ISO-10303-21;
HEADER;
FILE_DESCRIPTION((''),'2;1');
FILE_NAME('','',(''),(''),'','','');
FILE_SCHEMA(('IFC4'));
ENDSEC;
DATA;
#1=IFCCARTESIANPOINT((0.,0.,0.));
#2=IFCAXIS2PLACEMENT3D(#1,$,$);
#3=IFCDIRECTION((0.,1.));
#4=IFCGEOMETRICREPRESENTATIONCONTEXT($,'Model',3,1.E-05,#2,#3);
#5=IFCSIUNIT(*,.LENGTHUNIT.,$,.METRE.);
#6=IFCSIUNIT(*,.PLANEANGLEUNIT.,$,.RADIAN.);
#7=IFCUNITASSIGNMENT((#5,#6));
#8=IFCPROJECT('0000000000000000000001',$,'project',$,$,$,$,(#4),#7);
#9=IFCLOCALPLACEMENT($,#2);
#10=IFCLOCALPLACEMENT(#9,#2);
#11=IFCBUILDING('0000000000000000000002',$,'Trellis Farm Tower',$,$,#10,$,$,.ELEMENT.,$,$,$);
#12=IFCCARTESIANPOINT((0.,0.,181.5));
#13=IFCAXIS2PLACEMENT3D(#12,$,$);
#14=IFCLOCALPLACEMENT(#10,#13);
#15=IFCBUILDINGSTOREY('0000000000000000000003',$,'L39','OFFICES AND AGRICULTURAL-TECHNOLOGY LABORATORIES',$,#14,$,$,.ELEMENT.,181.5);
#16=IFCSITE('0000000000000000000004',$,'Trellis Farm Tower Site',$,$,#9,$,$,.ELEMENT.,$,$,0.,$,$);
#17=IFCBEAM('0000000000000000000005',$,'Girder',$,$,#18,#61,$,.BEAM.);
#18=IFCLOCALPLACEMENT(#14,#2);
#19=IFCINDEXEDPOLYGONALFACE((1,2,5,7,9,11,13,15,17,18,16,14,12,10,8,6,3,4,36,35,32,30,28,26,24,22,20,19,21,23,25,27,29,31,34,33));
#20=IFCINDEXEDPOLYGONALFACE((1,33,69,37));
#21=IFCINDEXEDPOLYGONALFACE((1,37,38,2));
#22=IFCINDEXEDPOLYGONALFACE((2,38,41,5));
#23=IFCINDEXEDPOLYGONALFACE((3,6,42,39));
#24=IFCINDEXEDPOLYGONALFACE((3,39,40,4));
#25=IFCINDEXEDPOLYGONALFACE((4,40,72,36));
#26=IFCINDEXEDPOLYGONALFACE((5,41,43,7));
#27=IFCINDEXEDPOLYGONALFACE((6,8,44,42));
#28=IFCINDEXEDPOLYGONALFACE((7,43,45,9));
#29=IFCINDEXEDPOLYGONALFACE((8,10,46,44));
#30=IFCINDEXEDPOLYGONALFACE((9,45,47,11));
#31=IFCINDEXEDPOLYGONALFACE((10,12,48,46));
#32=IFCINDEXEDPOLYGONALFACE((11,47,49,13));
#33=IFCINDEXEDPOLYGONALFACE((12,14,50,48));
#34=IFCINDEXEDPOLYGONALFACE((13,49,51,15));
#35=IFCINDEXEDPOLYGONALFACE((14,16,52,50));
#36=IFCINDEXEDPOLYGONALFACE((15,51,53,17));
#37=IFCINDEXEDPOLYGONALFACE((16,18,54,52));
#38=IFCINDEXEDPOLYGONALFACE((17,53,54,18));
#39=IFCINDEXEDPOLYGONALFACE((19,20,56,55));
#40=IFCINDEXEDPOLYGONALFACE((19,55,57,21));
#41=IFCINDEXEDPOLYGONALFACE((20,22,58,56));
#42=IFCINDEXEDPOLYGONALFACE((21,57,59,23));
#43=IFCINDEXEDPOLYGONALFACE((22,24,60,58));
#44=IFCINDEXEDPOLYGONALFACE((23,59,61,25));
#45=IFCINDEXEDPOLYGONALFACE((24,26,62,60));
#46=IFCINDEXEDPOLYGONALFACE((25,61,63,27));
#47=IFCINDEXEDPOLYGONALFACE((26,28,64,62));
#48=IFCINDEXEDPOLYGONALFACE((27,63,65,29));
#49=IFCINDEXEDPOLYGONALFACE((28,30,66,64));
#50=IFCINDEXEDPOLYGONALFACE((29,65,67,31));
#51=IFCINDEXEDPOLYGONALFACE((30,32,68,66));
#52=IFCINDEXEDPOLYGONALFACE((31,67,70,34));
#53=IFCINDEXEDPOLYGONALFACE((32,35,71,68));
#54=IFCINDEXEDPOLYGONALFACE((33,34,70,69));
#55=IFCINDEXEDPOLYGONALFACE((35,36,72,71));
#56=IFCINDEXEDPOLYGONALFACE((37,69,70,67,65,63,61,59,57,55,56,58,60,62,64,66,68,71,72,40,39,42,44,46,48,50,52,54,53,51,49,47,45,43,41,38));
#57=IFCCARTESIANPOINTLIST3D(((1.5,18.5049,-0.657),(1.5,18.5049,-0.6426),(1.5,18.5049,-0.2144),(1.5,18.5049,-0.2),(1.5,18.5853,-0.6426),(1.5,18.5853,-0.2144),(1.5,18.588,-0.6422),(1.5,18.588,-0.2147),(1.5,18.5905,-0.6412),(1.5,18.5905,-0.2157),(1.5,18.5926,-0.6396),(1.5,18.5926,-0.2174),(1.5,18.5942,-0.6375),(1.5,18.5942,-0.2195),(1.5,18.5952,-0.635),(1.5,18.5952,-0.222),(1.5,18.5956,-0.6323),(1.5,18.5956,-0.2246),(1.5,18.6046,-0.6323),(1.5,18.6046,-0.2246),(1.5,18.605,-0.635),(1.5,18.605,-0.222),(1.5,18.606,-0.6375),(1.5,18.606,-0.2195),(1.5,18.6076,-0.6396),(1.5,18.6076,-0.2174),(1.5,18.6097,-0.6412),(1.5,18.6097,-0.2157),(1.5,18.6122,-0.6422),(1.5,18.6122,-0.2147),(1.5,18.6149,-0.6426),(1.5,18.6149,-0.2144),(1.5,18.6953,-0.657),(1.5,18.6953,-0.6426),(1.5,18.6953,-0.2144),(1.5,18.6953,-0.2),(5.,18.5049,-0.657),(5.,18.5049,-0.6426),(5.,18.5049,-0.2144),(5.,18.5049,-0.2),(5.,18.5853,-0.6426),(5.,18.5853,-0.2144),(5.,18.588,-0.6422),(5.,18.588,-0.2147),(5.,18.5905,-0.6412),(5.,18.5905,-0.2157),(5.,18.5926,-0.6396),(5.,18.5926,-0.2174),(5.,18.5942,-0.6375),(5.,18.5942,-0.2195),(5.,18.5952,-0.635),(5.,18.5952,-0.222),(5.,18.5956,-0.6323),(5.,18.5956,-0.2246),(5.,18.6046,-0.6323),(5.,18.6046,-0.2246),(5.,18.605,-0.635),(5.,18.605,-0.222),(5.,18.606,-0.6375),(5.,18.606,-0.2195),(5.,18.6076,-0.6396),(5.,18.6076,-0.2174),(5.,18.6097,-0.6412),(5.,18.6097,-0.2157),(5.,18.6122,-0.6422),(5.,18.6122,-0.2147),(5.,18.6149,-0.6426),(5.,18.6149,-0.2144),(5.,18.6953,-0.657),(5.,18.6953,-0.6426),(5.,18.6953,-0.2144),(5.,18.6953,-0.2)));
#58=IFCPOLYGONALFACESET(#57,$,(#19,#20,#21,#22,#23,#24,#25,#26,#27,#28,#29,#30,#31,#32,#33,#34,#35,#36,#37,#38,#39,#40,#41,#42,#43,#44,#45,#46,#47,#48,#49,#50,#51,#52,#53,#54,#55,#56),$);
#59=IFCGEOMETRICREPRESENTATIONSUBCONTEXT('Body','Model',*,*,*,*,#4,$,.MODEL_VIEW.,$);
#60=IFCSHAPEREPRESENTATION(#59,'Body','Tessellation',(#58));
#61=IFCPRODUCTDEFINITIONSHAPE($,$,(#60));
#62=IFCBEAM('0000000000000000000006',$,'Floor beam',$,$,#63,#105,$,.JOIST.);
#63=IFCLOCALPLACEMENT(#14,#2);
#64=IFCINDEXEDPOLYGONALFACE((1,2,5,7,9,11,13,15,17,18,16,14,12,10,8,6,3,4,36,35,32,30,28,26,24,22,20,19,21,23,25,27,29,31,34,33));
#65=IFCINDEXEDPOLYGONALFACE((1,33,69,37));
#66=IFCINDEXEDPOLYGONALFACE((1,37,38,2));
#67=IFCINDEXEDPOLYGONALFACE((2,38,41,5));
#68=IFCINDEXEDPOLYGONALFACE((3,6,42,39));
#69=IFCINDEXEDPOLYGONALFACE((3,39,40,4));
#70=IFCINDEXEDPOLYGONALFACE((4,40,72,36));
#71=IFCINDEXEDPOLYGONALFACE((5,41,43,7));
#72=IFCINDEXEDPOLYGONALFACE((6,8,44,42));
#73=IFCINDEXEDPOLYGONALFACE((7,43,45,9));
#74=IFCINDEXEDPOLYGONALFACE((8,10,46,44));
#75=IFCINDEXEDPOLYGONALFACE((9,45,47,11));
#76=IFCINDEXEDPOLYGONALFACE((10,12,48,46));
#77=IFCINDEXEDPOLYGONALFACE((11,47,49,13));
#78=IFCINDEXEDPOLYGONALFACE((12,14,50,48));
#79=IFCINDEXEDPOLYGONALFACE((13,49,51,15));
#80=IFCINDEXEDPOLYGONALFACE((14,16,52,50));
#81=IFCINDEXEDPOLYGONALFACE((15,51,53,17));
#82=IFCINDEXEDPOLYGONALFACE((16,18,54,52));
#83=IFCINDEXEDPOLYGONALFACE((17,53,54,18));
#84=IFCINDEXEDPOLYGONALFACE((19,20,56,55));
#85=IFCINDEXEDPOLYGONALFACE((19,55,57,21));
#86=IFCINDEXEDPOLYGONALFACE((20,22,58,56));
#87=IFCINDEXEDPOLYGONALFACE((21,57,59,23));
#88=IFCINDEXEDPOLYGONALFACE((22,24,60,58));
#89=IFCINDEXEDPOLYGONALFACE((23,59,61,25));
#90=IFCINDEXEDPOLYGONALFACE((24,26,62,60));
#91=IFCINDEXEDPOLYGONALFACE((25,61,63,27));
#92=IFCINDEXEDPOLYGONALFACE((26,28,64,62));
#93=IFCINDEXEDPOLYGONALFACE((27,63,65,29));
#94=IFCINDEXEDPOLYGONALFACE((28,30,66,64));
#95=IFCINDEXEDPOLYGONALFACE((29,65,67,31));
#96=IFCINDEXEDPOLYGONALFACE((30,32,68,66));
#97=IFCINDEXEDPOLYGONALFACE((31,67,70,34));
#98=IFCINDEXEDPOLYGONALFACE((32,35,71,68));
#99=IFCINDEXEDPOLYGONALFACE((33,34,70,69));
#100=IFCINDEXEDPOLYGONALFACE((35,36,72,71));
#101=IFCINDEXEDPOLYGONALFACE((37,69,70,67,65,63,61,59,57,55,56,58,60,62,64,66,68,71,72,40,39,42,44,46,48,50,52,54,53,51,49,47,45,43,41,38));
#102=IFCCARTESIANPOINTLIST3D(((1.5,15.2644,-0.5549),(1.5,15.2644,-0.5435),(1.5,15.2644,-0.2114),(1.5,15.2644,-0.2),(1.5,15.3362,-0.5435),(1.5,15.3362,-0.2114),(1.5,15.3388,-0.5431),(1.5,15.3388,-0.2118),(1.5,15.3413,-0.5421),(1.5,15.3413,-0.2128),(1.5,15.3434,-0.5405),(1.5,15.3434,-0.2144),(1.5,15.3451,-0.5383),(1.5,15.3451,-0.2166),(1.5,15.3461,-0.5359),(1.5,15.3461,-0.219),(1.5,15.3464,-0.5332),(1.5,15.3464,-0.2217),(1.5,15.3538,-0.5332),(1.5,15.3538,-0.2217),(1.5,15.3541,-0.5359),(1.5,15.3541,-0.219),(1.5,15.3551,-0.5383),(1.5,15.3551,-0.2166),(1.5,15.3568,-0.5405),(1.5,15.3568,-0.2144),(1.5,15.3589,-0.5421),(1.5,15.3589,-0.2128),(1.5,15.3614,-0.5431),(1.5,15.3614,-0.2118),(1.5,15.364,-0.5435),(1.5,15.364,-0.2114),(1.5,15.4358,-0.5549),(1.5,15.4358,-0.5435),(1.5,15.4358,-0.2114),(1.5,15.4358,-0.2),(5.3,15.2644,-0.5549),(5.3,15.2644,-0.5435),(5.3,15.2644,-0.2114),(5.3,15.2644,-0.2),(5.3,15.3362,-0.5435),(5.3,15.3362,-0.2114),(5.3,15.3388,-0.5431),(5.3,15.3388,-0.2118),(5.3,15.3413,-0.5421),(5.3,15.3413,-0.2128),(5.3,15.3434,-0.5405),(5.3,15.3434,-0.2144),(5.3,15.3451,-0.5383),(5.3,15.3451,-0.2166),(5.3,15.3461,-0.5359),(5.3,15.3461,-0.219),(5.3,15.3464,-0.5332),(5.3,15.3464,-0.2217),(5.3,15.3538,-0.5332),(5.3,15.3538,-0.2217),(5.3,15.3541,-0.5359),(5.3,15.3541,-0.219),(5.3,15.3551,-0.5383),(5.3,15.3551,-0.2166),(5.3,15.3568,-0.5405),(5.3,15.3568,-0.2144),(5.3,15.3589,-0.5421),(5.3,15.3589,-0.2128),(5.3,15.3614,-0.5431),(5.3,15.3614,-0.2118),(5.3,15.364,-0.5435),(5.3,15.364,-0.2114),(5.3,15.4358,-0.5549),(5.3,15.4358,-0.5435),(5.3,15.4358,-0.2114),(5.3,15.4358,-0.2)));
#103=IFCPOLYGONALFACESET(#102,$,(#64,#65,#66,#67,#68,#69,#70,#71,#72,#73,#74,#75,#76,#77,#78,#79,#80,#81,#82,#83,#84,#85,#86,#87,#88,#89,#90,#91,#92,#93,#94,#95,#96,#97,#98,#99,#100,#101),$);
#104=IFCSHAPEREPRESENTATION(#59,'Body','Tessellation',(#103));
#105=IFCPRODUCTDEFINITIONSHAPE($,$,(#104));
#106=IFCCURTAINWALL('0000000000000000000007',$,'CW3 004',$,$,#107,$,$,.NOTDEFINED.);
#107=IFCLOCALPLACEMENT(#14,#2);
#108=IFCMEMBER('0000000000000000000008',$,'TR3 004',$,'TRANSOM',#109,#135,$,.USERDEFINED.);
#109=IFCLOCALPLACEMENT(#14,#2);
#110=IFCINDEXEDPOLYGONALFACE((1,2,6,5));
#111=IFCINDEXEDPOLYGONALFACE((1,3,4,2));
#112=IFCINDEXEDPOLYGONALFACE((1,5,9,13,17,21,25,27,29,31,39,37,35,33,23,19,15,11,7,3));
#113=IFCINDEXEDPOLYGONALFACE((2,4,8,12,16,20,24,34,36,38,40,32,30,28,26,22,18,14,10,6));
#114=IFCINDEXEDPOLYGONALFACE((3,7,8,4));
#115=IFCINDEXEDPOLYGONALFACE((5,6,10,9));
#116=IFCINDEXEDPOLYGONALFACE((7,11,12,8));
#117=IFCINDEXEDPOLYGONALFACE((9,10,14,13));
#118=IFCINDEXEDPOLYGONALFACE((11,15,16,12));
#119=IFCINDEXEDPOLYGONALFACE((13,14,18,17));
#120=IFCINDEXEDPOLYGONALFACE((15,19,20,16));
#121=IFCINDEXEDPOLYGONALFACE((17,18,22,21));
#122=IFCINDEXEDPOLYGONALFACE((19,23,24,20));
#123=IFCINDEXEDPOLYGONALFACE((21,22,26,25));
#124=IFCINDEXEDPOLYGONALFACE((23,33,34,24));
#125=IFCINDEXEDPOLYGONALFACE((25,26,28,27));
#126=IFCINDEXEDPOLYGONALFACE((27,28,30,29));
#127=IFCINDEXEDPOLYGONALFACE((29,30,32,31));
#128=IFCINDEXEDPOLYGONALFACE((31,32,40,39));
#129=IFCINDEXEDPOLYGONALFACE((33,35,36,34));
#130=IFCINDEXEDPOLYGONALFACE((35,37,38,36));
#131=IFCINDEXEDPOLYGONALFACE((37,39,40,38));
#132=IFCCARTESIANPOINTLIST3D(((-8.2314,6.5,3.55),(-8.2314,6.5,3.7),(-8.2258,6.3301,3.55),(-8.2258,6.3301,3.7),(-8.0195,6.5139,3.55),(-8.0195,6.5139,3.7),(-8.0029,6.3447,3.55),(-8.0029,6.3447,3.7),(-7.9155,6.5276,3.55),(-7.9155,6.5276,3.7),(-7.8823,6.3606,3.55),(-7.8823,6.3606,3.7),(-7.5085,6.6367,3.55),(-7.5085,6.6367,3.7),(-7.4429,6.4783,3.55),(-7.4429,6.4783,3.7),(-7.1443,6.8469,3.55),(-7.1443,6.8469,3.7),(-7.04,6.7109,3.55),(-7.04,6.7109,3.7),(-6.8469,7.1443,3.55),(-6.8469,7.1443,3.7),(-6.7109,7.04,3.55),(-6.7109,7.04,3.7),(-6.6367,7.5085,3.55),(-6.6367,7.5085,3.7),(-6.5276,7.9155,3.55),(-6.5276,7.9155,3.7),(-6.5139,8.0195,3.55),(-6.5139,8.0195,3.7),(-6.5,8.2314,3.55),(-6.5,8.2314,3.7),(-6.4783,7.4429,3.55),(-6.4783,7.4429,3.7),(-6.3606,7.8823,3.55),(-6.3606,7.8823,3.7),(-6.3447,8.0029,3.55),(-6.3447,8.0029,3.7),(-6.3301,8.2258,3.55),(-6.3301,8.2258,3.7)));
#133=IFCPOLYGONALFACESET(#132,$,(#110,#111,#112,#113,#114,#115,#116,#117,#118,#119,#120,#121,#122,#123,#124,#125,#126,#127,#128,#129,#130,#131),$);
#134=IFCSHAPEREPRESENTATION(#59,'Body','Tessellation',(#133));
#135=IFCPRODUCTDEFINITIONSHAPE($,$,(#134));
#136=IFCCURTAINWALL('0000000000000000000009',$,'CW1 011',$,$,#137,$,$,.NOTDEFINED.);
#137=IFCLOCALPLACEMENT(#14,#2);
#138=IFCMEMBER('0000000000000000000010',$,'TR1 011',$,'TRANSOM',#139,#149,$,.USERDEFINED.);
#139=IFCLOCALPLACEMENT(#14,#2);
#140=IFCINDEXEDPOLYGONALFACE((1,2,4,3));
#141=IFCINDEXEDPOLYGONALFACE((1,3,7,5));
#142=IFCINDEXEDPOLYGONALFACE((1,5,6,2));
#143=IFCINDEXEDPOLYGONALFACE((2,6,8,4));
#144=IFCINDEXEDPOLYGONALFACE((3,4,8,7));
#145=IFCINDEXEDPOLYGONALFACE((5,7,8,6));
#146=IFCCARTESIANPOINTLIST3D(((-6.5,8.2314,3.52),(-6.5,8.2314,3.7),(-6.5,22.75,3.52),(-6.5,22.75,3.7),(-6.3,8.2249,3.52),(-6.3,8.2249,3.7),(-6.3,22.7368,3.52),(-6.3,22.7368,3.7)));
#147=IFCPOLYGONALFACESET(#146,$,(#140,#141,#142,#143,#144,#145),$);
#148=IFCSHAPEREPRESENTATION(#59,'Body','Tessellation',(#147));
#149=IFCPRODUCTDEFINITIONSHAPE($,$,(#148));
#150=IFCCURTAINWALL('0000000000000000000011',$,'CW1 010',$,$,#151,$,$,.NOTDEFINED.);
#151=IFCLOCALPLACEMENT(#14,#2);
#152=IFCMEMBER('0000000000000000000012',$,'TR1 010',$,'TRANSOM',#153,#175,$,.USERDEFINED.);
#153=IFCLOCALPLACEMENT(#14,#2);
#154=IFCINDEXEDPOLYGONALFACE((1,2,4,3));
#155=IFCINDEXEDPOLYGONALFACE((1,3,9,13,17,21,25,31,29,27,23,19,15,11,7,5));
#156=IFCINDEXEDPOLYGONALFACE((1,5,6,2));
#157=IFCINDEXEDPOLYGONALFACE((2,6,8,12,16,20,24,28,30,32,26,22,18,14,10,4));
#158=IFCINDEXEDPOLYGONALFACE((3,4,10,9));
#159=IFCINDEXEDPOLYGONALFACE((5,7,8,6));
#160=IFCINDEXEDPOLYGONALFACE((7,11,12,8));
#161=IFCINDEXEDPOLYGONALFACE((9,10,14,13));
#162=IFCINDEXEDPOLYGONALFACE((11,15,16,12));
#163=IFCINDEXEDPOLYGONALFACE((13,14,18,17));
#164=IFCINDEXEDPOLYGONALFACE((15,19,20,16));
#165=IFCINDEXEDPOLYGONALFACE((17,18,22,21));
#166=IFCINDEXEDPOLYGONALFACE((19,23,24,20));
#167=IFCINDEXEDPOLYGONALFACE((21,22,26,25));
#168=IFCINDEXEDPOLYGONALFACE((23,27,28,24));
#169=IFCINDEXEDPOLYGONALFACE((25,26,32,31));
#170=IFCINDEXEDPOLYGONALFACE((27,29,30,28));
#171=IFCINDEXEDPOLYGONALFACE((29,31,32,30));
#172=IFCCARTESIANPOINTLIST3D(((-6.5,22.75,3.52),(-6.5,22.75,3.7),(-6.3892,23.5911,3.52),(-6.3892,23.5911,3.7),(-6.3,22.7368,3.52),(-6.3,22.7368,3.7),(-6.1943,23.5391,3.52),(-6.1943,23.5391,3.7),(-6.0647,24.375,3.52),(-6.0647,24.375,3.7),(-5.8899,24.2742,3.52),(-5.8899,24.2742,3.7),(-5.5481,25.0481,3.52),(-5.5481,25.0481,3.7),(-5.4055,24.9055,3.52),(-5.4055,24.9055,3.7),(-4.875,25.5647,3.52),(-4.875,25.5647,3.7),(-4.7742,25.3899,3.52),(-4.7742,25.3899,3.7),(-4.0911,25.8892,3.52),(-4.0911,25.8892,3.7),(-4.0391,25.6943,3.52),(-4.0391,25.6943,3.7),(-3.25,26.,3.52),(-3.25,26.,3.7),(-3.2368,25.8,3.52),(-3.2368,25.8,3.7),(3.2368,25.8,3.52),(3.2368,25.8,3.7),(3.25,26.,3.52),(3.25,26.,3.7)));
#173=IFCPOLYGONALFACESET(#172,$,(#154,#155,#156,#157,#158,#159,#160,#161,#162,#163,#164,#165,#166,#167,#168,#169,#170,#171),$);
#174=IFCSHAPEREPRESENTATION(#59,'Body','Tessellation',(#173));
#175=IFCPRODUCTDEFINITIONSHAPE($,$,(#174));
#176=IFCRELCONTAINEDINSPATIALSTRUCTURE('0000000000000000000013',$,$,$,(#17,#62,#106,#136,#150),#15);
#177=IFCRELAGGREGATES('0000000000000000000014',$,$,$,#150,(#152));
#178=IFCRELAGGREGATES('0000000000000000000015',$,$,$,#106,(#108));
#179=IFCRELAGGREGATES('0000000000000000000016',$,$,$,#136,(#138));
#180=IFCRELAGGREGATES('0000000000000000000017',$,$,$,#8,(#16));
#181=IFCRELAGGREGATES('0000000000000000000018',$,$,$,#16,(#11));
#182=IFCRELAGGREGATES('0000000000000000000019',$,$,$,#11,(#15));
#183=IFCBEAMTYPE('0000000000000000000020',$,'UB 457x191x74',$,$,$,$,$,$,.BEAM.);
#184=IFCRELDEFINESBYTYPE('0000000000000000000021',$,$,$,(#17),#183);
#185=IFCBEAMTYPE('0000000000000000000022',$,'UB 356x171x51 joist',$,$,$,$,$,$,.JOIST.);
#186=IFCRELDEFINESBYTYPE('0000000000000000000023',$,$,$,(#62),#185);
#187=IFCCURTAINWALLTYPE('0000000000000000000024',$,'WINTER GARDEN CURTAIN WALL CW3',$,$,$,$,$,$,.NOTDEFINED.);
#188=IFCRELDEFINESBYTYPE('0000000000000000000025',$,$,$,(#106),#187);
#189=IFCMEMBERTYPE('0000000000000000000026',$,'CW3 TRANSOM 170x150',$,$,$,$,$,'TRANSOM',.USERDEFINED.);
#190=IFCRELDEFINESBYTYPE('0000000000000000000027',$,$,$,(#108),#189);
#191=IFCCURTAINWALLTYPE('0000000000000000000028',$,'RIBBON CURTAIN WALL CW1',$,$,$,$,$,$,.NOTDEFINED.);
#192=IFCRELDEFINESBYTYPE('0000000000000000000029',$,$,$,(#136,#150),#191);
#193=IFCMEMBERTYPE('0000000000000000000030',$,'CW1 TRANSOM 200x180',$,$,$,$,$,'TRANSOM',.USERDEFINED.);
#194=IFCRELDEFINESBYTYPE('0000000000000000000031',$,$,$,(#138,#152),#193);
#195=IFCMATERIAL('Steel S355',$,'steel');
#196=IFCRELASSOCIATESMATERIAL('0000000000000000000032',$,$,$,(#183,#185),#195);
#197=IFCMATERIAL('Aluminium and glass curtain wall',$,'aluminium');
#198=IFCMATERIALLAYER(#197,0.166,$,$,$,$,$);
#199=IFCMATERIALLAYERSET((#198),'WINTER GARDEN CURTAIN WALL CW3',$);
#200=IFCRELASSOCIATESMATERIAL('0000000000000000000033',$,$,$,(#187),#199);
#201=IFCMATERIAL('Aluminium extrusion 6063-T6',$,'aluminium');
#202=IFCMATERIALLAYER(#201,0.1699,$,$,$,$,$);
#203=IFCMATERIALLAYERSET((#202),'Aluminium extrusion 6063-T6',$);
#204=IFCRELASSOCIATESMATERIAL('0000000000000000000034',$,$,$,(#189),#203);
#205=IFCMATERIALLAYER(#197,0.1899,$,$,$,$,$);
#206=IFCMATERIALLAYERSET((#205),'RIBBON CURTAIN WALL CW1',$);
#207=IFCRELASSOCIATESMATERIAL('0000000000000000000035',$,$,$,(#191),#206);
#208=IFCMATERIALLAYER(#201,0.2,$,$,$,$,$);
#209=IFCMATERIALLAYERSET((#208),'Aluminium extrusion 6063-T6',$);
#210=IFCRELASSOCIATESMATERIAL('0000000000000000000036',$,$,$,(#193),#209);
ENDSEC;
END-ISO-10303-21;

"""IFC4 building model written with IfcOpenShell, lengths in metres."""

from ifc_helpers import new_model, si_unit, direction, frame, origin, origin_2d, place, context, subcontext, project, spatial, polyline, i_section, outline, extrude, source, transform, mapped, material, layer, layer_set, material_profile, profile_set, type_object, element, aggregate, save


model = new_model("IFC4")

# Units and contexts
model_context = context("Model", 3, precision=1e-05, world=origin(), true_north=direction((0.0, 1.0)))
body_context = subcontext(model_context, "Body", "Model", "MODEL_VIEW")
ifc_project = project(units=[si_unit("LENGTHUNIT", "METRE"), si_unit("PLANEANGLEUNIT", "RADIAN")], contexts=[model_context])

# Site, building, storey
site_placement = place(None, origin())
site = spatial("IfcSite", under=ifc_project, at=site_placement, Name="Trellis Farm Tower Site", CompositionType="ELEMENT", RefElevation=0.0)
building_placement = place(site_placement, origin())
building = spatial("IfcBuilding", under=site, at=building_placement, Name="Trellis Farm Tower", CompositionType="ELEMENT")
storey_placement = place(building_placement, frame((0.0, 0.0, 181.5)))
storey = spatial("IfcBuildingStorey", under=building, at=storey_placement, Name="L39", Description="OFFICES AND AGRICULTURAL-TECHNOLOGY LABORATORIES", CompositionType="ELEMENT", Elevation=181.5)

# Beams
ifc_material_1 = material(Name="Steel S355", Category="steel")
ifc_material_profile_1 = material_profile(ifc_material_1, i_section(OverallWidth=0.1904, OverallDepth=0.457, WebThickness=0.009, FlangeThickness=0.0144, FilletRadius=0.0103, at=origin_2d()), Name="UB 457x191x74")
ifc_profile_set_1 = profile_set([ifc_material_profile_1], Name="Steel S355")
beam_type_1 = type_object("IfcBeamType", Name="UB 457x191x74", PredefinedType="BEAM", material=ifc_profile_set_1)
shared_shape_1 = source(origin(), body_context, "Body", "SweptSolid", [
    extrude(i_section(OverallWidth=0.1904, OverallDepth=0.457, WebThickness=0.009, FlangeThickness=0.0144, FilletRadius=0.0103, at=origin_2d()), origin(), (0.0, 0.0, 1.0), 3.5),
])
beam_1_placement = place(storey_placement, frame((1.5, 18.6001, -0.4285), z_axis=(1.0, 0.0, 0.0), x_axis=(0.0, 1.0, 0.0)))
element("IfcBeam", 1, at=beam_1_placement, inside=storey, type_object=beam_type_1, Name="Girder", PredefinedType="BEAM", context=body_context, shape_type="MappedRepresentation", body=[
    mapped(shared_shape_1, transform((0.0, 0.0, 0.0))),
])
ifc_material_profile_2 = material_profile(ifc_material_1, i_section(OverallWidth=0.1714, OverallDepth=0.355, WebThickness=0.0073, FlangeThickness=0.0115, FilletRadius=0.0103, at=origin_2d()), Name="UB 356x171x51")
ifc_profile_set_2 = profile_set([ifc_material_profile_2], Name="Steel S355")
beam_type_2 = type_object("IfcBeamType", Name="UB 356x171x51 joist", PredefinedType="JOIST", material=ifc_profile_set_2)
shared_shape_2 = source(origin(), body_context, "Body", "SweptSolid", [
    extrude(i_section(OverallWidth=0.1714, OverallDepth=0.355, WebThickness=0.0073, FlangeThickness=0.0115, FilletRadius=0.0103, at=origin_2d()), origin(), (0.0, 0.0, 1.0), 3.8),
])
beam_2_placement = place(storey_placement, frame((1.5, 15.3501, -0.3774), z_axis=(1.0, 0.0, 0.0), x_axis=(0.0, 1.0, 0.0)))
element("IfcBeam", 2, at=beam_2_placement, inside=storey, type_object=beam_type_2, Name="Floor beam", PredefinedType="JOIST", context=body_context, shape_type="MappedRepresentation", body=[
    mapped(shared_shape_2, transform((0.0, 0.0, 0.0))),
])

# Curtain walls, members
ifc_material_2 = material(Name="Aluminium and glass curtain wall", Category="aluminium")
ifc_layer_1 = layer(ifc_material_2, 0.166)
ifc_layer_set_1 = layer_set([ifc_layer_1], Name="WINTER GARDEN CURTAIN WALL CW3")
curtain_wall_type_1 = type_object("IfcCurtainWallType", Name="WINTER GARDEN CURTAIN WALL CW3", PredefinedType="NOTDEFINED", material=ifc_layer_set_1)
placement_1 = place(storey_placement, origin())
curtain_wall_1 = element("IfcCurtainWall", 3, at=placement_1, inside=storey, type_object=curtain_wall_type_1, Name="CW3 004", PredefinedType="NOTDEFINED")
ifc_material_3 = material(Name="Aluminium extrusion 6063-T6", Category="aluminium")
ifc_layer_2 = layer(ifc_material_3, 0.1699)
ifc_layer_set_2 = layer_set([ifc_layer_2], Name="Aluminium extrusion 6063-T6")
member_type_1 = type_object("IfcMemberType", Name="CW3 TRANSOM 170x150", ElementType="TRANSOM", PredefinedType="USERDEFINED", material=ifc_layer_set_2)
shared_shape_3 = source(origin(), body_context, "Body", "SweptSolid", [
    extrude(outline(polyline([(-6.5, 8.2314), (-6.5139, 8.0195), (-6.5276, 7.9155), (-6.6367, 7.5085), (-6.8469, 7.1443), (-7.1443, 6.8469), (-7.5085, 6.6367), (-7.9155, 6.5276), (-8.0195, 6.5139), (-8.2314, 6.5), (-8.2258, 6.3301), (-8.0029, 6.3447), (-7.8823, 6.3606), (-7.4429, 6.4783), (-7.04, 6.7109), (-6.7109, 7.04), (-6.4783, 7.4429), (-6.3606, 7.8823), (-6.3447, 8.0029), (-6.3301, 8.2258), (-6.5, 8.2314)])), origin(), (0.0, 0.0, 1.0), 0.1499),
])
member_1_placement = place(storey_placement, frame((0.0, 0.0, 3.55)))
member_1 = element("IfcMember", 4, at=member_1_placement, type_object=member_type_1, Name="TR3 004", ObjectType="TRANSOM", PredefinedType="USERDEFINED", context=body_context, shape_type="MappedRepresentation", body=[
    mapped(shared_shape_3, transform((0.0, 0.0, 0.0))),
])
ifc_layer_3 = layer(ifc_material_2, 0.1899)
ifc_layer_set_3 = layer_set([ifc_layer_3], Name="RIBBON CURTAIN WALL CW1")
curtain_wall_type_2 = type_object("IfcCurtainWallType", Name="RIBBON CURTAIN WALL CW1", PredefinedType="NOTDEFINED", material=ifc_layer_set_3)
curtain_wall_2 = element("IfcCurtainWall", 5, at=placement_1, inside=storey, type_object=curtain_wall_type_2, Name="CW1 011", PredefinedType="NOTDEFINED")
ifc_layer_4 = layer(ifc_material_3, 0.2)
ifc_layer_set_4 = layer_set([ifc_layer_4], Name="Aluminium extrusion 6063-T6")
member_type_2 = type_object("IfcMemberType", Name="CW1 TRANSOM 200x180", ElementType="TRANSOM", PredefinedType="USERDEFINED", material=ifc_layer_set_4)
shared_shape_4 = source(origin(), body_context, "Body", "SweptSolid", [
    extrude(outline(polyline([(-6.5, 22.75), (-6.5, 8.2314), (-6.3, 8.2249), (-6.3, 22.7368), (-6.5, 22.75)])), origin(), (0.0, 0.0, 1.0), 0.1799),
])
placement_2 = place(storey_placement, frame((0.0, 0.0, 3.52)))
member_2 = element("IfcMember", 6, at=placement_2, type_object=member_type_2, Name="TR1 011", ObjectType="TRANSOM", PredefinedType="USERDEFINED", context=body_context, shape_type="MappedRepresentation", body=[
    mapped(shared_shape_4, transform((0.0, 0.0, 0.0))),
])

# Curtain wall, member
curtain_wall_3 = element("IfcCurtainWall", 7, at=placement_1, inside=storey, type_object=curtain_wall_type_2, Name="CW1 010", PredefinedType="NOTDEFINED")
shared_shape_5 = source(origin(), body_context, "Body", "SweptSolid", [
    extrude(outline(polyline([(3.25, 26.0), (-3.25, 26.0), (-4.0911, 25.8892), (-4.875, 25.5647), (-5.5481, 25.0481), (-6.0647, 24.375), (-6.3892, 23.5911), (-6.5, 22.75), (-6.3, 22.7368), (-6.1943, 23.5391), (-5.8899, 24.2742), (-5.4055, 24.9055), (-4.7742, 25.3899), (-4.0391, 25.6943), (-3.2368, 25.8), (3.2368, 25.8), (3.25, 26.0)])), origin(), (0.0, 0.0, 1.0), 0.1799),
])
member_3 = element("IfcMember", 8, at=placement_2, type_object=member_type_2, Name="TR1 010", ObjectType="TRANSOM", PredefinedType="USERDEFINED", context=body_context, shape_type="MappedRepresentation", body=[
    mapped(shared_shape_5, transform((0.0, 0.0, 0.0))),
])

aggregate(curtain_wall_3, [member_3])
aggregate(curtain_wall_1, [member_1])
aggregate(curtain_wall_2, [member_2])

save(model, "model.ifc")
